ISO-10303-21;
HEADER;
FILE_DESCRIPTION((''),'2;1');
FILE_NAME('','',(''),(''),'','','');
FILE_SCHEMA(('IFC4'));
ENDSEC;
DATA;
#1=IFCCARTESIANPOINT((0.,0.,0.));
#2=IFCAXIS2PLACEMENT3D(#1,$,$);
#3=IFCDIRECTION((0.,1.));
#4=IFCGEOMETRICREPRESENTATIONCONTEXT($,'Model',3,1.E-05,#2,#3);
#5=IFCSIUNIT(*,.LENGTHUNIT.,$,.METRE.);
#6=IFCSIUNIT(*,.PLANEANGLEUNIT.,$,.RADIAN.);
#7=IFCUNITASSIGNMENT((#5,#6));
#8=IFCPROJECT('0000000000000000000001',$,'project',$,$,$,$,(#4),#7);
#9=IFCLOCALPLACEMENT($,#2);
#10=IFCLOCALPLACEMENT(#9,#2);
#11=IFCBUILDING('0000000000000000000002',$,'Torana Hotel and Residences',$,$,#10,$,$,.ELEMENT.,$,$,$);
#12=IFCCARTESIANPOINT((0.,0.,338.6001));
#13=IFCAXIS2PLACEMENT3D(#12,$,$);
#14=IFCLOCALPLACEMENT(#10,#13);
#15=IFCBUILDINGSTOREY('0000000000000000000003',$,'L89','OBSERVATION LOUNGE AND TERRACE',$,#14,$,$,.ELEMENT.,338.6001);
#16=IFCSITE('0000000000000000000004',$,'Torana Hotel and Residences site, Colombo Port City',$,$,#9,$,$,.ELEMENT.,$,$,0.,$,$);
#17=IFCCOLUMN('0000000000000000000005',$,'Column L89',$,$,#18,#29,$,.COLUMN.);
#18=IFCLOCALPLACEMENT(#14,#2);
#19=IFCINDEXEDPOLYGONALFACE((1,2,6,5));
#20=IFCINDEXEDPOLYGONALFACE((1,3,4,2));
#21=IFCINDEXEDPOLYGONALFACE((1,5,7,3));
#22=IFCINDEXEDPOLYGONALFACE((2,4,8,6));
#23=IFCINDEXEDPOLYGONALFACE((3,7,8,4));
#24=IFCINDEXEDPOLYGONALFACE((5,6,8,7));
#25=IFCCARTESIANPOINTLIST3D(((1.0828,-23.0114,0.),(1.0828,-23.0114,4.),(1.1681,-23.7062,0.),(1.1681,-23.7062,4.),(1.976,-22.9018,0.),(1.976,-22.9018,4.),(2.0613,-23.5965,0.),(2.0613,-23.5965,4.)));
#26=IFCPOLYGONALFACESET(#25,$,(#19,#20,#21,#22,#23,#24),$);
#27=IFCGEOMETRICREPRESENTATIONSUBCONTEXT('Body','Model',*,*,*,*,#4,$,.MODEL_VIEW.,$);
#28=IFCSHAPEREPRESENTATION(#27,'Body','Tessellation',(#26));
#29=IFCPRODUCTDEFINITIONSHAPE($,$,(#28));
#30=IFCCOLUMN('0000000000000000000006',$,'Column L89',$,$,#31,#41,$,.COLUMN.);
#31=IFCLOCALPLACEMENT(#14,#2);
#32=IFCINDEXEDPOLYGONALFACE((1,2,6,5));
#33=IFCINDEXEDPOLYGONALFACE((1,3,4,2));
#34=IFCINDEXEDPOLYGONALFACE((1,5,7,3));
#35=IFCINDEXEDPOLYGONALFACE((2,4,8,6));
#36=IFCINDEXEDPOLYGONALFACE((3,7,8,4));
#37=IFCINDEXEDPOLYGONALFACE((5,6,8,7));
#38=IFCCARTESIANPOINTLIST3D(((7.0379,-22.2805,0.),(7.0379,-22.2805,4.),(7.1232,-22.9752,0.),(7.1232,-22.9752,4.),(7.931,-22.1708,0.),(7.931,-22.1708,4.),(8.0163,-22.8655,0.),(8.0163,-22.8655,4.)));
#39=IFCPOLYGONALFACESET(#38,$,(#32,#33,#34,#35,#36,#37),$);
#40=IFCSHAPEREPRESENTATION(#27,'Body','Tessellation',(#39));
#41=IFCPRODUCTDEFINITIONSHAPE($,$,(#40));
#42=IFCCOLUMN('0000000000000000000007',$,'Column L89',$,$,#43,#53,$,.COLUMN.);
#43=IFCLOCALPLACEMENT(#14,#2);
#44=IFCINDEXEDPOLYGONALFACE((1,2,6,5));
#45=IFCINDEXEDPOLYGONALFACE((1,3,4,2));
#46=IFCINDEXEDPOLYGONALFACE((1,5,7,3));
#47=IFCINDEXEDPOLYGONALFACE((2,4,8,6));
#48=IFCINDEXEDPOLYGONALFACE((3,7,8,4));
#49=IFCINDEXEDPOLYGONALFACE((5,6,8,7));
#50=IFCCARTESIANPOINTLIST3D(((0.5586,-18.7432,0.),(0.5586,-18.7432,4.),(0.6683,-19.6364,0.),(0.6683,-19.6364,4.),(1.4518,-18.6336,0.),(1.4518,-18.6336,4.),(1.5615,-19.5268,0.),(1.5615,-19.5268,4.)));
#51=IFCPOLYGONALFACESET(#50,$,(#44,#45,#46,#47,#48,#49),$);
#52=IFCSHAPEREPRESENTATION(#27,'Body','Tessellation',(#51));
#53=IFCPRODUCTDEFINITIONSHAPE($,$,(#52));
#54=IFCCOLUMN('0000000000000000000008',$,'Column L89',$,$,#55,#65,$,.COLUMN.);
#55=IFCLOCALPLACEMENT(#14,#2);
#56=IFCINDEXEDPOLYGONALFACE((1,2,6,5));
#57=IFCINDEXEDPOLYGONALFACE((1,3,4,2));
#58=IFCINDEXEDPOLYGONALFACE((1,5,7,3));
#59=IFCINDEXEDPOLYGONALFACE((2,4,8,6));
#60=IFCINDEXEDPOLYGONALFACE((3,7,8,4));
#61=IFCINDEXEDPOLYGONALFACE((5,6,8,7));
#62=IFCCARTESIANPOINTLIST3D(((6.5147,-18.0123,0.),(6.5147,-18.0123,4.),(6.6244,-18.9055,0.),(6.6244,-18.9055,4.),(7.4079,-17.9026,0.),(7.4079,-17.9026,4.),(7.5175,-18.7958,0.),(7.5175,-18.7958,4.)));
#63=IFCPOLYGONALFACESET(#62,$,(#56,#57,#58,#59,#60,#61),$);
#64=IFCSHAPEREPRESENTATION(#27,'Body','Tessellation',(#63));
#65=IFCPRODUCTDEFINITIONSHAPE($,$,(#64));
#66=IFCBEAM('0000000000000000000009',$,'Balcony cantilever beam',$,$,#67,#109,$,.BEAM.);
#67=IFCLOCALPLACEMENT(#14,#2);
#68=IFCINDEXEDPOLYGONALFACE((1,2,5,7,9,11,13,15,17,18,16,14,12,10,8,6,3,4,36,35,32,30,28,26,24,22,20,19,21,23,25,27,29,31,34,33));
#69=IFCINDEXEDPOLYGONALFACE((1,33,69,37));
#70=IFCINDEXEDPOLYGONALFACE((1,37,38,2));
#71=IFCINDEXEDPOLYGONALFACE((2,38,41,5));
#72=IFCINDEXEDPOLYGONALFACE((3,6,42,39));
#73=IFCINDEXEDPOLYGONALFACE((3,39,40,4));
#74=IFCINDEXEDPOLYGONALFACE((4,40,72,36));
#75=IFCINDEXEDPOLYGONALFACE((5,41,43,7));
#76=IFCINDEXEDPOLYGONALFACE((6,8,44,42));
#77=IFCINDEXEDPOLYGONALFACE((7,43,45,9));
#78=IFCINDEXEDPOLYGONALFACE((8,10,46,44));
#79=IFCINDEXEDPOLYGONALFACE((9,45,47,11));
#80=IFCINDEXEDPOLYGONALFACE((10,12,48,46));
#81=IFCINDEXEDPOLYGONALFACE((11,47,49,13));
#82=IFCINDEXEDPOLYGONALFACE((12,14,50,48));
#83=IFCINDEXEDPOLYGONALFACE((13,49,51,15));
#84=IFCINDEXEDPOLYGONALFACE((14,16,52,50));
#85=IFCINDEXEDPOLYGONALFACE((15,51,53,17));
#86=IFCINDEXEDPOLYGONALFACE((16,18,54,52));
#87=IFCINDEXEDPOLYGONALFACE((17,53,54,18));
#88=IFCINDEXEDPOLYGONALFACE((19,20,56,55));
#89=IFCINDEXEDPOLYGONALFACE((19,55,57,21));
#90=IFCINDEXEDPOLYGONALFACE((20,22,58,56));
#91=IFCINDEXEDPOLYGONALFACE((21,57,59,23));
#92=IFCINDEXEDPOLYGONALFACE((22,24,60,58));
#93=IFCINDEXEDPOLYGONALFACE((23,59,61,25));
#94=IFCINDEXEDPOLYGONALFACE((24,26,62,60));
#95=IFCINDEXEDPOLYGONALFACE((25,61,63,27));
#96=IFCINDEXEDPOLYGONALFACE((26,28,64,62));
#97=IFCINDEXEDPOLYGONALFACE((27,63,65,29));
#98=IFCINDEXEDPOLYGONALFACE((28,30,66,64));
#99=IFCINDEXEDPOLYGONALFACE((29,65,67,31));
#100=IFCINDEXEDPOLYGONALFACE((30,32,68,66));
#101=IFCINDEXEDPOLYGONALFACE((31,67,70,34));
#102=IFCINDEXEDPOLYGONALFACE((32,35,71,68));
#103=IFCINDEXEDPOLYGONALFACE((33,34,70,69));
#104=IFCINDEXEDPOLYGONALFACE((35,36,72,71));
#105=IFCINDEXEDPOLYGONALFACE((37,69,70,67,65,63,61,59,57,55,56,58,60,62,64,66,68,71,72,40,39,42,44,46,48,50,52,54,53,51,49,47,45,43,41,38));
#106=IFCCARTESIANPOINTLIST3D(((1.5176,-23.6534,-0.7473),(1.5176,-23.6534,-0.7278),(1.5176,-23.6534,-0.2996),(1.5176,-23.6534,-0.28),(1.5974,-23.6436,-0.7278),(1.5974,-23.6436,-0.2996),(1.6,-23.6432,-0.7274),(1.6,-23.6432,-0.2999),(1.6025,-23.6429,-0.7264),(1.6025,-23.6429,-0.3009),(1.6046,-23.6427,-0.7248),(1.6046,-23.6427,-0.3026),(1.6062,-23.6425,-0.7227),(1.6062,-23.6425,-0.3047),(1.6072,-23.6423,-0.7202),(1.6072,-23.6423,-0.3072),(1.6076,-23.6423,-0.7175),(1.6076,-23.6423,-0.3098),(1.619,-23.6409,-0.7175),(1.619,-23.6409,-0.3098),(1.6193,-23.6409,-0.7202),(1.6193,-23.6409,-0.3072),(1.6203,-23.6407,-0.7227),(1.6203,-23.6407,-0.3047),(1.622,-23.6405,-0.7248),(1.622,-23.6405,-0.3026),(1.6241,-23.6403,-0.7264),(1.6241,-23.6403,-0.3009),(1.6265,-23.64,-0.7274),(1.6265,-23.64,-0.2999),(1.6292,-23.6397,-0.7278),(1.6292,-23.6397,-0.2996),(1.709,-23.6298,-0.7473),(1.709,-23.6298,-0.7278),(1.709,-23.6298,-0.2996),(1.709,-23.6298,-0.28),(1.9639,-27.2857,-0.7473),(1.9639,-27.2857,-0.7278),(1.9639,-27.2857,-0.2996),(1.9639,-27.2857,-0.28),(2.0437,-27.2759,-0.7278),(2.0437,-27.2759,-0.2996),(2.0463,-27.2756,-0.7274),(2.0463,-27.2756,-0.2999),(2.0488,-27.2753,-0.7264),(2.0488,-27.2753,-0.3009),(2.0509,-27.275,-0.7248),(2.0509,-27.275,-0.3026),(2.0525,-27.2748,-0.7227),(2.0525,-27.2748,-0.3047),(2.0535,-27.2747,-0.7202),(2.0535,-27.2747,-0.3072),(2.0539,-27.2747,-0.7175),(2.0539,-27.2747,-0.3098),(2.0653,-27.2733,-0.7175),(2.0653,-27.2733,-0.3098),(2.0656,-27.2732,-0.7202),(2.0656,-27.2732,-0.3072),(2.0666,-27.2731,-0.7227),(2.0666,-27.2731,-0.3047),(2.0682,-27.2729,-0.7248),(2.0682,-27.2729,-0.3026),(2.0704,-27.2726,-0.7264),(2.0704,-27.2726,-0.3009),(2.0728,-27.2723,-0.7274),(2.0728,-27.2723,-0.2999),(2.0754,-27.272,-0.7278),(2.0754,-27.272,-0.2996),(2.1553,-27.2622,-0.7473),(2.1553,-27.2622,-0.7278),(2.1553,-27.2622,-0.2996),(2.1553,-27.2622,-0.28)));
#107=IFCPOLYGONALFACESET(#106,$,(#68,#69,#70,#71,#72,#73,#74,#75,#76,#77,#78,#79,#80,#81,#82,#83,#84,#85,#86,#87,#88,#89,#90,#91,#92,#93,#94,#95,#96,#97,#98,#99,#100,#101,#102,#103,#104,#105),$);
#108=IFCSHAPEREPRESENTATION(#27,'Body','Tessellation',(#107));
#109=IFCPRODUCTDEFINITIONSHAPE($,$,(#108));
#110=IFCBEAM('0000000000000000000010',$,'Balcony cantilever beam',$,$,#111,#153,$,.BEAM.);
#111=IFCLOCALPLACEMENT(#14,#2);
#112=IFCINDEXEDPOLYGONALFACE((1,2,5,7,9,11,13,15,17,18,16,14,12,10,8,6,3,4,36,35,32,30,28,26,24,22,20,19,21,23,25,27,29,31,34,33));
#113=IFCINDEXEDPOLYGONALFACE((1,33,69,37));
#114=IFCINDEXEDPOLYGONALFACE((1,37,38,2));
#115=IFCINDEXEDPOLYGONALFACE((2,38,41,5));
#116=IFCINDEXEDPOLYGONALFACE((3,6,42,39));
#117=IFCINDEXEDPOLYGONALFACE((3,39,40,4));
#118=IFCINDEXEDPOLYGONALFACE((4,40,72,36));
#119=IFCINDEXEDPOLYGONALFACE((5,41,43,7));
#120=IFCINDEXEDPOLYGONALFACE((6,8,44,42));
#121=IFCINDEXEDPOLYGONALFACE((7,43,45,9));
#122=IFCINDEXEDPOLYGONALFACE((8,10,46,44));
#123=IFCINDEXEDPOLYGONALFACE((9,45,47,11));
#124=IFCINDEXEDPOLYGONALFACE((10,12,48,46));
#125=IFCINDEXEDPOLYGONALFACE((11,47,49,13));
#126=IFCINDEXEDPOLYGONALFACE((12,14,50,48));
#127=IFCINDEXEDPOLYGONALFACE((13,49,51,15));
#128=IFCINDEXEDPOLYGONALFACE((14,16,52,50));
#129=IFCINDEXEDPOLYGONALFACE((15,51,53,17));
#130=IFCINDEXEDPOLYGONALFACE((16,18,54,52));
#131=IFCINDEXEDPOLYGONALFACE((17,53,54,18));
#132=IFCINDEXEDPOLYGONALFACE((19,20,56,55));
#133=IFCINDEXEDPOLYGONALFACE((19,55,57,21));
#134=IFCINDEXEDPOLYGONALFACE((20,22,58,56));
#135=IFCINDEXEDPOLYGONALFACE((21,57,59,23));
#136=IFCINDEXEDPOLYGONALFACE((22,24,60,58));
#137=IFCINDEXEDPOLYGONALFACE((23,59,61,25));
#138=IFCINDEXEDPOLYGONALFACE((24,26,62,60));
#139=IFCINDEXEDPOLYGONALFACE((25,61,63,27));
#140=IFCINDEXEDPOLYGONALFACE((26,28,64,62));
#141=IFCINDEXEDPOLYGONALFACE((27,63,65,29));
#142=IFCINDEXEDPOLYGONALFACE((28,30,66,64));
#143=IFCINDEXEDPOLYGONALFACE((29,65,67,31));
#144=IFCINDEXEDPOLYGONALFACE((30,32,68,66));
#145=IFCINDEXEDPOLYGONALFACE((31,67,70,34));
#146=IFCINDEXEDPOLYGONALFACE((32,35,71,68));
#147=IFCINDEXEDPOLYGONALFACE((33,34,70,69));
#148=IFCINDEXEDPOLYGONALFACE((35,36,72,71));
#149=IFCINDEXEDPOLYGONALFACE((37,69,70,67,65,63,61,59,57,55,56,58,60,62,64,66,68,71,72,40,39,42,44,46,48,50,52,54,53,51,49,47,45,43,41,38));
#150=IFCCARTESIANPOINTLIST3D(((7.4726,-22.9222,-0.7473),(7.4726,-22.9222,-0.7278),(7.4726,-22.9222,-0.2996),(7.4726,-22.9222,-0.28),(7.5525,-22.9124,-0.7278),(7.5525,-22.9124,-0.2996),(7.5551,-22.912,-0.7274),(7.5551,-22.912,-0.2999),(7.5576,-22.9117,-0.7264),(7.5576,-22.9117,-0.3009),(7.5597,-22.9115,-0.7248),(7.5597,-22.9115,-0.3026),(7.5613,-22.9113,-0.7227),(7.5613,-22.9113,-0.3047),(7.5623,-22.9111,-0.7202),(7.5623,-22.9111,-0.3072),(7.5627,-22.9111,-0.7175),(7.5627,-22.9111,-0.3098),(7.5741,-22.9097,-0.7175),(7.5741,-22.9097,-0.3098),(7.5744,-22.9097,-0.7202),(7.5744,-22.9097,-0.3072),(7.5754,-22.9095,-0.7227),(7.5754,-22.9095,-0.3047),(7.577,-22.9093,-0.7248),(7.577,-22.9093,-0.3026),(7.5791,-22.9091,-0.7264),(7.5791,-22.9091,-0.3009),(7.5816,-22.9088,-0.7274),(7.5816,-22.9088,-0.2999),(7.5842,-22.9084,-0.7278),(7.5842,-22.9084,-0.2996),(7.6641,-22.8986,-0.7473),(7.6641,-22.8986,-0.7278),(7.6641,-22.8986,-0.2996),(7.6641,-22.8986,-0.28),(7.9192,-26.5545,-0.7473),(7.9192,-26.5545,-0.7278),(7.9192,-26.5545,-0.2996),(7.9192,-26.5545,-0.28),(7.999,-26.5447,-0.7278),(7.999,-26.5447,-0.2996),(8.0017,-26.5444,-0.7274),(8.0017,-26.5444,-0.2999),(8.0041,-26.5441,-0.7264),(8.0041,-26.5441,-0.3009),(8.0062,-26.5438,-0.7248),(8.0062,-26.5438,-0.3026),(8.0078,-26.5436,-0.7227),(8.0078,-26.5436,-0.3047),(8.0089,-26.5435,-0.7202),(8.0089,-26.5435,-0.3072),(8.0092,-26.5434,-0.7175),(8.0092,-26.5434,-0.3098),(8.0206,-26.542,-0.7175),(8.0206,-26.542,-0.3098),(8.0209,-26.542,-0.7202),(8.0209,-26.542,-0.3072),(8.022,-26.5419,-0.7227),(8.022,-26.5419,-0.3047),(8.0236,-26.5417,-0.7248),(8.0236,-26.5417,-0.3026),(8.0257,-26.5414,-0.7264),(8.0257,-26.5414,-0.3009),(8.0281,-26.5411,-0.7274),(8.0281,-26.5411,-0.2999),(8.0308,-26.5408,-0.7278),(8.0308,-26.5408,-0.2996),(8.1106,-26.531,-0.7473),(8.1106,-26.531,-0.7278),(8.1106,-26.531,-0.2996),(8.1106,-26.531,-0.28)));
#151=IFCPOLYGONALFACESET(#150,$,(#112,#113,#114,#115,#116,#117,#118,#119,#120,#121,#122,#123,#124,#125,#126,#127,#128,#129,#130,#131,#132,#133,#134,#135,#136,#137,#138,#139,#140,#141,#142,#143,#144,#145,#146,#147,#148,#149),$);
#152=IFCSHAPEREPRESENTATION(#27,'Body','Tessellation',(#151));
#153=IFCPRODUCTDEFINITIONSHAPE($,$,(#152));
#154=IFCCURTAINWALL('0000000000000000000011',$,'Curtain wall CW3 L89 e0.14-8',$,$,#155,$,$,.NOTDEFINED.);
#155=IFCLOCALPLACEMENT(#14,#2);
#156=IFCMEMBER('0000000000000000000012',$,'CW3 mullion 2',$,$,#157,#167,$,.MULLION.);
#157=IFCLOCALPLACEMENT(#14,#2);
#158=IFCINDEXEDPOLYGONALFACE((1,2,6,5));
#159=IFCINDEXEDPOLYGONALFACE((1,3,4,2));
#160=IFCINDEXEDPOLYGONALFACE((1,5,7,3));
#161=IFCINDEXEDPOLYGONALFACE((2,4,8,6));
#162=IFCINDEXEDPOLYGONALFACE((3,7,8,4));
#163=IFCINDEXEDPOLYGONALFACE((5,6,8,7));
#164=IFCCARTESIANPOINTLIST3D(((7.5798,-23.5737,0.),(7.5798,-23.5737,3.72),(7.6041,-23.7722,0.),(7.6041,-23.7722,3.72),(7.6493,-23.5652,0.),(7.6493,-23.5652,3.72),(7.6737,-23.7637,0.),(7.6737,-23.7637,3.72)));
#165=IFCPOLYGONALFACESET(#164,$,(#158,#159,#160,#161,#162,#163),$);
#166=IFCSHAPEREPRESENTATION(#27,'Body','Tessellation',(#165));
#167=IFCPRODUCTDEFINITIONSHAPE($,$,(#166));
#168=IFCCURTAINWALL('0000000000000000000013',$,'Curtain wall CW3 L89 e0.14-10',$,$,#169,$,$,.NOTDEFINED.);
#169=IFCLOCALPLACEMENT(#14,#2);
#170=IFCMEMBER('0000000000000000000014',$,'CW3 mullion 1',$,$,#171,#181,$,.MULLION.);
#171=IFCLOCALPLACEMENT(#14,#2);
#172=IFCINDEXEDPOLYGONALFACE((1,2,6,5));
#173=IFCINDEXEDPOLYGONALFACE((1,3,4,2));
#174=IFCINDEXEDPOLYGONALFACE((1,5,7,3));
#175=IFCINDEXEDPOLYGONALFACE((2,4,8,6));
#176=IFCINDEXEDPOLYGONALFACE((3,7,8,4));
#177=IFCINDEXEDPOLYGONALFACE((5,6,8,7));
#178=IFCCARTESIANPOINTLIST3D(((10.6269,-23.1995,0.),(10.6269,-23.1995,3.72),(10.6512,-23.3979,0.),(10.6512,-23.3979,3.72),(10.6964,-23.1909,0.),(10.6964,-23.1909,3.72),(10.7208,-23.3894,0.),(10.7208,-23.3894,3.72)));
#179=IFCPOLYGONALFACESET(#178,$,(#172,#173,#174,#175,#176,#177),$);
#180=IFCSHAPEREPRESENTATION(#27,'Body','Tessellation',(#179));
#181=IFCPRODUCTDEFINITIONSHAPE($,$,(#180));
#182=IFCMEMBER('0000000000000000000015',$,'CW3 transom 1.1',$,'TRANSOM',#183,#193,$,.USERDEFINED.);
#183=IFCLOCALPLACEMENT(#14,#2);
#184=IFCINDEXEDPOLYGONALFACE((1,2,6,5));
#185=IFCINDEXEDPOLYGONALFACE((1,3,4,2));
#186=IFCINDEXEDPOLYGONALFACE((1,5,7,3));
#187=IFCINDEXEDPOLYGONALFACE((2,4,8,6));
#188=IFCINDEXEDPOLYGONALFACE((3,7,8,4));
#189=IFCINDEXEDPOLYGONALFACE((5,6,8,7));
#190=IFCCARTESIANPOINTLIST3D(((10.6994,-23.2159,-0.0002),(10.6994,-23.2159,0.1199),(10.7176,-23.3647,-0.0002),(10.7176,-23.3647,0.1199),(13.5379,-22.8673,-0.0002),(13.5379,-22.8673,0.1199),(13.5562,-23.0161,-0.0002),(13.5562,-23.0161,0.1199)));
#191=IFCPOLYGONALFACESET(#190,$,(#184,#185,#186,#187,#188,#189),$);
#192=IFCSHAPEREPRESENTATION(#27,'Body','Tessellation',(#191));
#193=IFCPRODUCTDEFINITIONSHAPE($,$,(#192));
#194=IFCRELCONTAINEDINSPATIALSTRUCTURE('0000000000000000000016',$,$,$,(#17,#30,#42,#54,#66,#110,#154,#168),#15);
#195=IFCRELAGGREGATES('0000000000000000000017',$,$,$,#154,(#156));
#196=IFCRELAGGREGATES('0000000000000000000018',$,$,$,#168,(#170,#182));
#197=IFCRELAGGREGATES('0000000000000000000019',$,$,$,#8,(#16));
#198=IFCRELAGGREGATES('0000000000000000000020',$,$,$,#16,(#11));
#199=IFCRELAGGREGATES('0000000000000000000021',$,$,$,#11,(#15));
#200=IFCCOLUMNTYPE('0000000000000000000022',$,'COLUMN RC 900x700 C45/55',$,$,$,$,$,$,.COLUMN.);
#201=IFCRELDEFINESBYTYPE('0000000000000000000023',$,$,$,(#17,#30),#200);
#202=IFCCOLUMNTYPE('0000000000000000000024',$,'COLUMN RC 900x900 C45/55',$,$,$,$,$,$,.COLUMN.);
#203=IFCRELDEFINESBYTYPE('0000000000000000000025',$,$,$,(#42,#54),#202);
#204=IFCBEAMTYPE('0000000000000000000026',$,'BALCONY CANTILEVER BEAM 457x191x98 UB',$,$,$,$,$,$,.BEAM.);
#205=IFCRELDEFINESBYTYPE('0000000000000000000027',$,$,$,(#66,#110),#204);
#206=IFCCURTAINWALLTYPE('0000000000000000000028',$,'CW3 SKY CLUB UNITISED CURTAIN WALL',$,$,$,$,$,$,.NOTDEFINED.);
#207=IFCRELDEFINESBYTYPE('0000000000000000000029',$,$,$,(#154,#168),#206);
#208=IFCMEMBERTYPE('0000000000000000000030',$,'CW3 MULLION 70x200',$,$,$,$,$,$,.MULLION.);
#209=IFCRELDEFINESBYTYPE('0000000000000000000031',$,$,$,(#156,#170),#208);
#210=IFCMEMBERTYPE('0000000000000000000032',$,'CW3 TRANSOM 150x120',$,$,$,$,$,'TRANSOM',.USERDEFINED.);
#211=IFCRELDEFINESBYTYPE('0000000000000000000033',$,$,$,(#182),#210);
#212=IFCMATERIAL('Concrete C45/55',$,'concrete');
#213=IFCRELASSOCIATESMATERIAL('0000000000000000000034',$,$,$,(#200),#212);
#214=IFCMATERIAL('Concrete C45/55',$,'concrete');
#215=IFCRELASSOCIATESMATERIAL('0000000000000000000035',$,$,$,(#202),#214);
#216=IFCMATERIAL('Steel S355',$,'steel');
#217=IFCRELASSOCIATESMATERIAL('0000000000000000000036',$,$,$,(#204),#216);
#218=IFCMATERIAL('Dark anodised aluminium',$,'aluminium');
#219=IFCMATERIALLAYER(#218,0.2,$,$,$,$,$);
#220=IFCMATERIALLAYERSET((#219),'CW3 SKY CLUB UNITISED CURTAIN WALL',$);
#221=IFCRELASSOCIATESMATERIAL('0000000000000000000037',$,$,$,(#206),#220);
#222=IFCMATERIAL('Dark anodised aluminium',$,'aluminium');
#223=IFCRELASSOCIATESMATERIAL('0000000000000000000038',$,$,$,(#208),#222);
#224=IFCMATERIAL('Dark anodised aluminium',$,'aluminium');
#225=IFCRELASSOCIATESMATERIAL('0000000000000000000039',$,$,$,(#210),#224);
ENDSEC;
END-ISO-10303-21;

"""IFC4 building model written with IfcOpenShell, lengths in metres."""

from ifc_helpers import new_model, si_unit, direction, frame, origin, origin_2d, place, context, subcontext, project, spatial, rectangle, i_section, extrude, material, layer, layer_set, material_profile, profile_set, type_object, element, aggregate, save


model = new_model("IFC4")

# Units and contexts
model_context = context("Model", 3, precision=1e-05, world=origin(), true_north=direction((0.0, 1.0)))
body_context = subcontext(model_context, "Body", "Model", "MODEL_VIEW")
ifc_project = project(units=[si_unit("LENGTHUNIT", "METRE"), si_unit("PLANEANGLEUNIT", "RADIAN")], contexts=[model_context])

# Site, building, storey
site_placement = place(None, origin())
site = spatial("IfcSite", under=ifc_project, at=site_placement, Name="Torana Hotel and Residences site, Colombo Port City", CompositionType="ELEMENT", RefElevation=0.0)
building_placement = place(site_placement, origin())
building = spatial("IfcBuilding", under=site, at=building_placement, Name="Torana Hotel and Residences", CompositionType="ELEMENT")
storey_placement = place(building_placement, frame((0.0, 0.0, 338.6001)))
storey = spatial("IfcBuildingStorey", under=building, at=storey_placement, Name="L89", Description="OBSERVATION LOUNGE AND TERRACE", CompositionType="ELEMENT", Elevation=338.6001)

# Columns
ifc_material_1 = material(Name="Concrete C45/55", Category="concrete")
ifc_material_profile_1 = material_profile(ifc_material_1, rectangle(XDim=0.8999, YDim=0.7, at=origin_2d()), Name="RC 900x700")
ifc_profile_set_1 = profile_set([ifc_material_profile_1], Name="Concrete C45/55")
column_type_1 = type_object("IfcColumnType", Name="COLUMN RC 900x700 C45/55", PredefinedType="COLUMN", material=ifc_profile_set_1)
for number, where, z_axis, x_axis, name in (
    (1, (1.572, -23.304, 0.0), (0.0, 0.0, 1.0), (0.992546, 0.121869, 0.0), "Column L89"),
    (2, (7.5271, -22.573, 0.0), (0.0, 0.0, 1.0), (0.992546, 0.121869, 0.0), "Column L89"),
):
    element("IfcColumn", number, at=place(storey_placement, frame(where, z_axis=z_axis, x_axis=x_axis)), inside=storey, type_object=column_type_1, Name=name, PredefinedType="COLUMN", context=body_context, shape_type="SweptSolid", body=[
        extrude(rectangle(XDim=0.8999, YDim=0.7, at=origin_2d()), origin(), (0.0, 0.0, 1.0), 4.0),
    ])
ifc_material_2 = material(Name="Concrete C45/55", Category="concrete")
ifc_material_profile_2 = material_profile(ifc_material_2, rectangle(XDim=0.8999, YDim=0.8999, at=origin_2d()), Name="RC 900x900")
ifc_profile_set_2 = profile_set([ifc_material_profile_2], Name="Concrete C45/55")
column_type_2 = type_object("IfcColumnType", Name="COLUMN RC 900x900 C45/55", PredefinedType="COLUMN", material=ifc_profile_set_2)
for number, where, z_axis, x_axis, name in (
    (3, (1.0601, -19.135, 0.0), (0.0, 0.0, 1.0), (0.992546, 0.121869, 0.0), "Column L89"),
    (4, (7.0161, -18.4041, 0.0), (0.0, 0.0, 1.0), (0.992546, 0.121869, 0.0), "Column L89"),
):
    element("IfcColumn", number, at=place(storey_placement, frame(where, z_axis=z_axis, x_axis=x_axis)), inside=storey, type_object=column_type_2, Name=name, PredefinedType="COLUMN", context=body_context, shape_type="SweptSolid", body=[
        extrude(rectangle(XDim=0.8999, YDim=0.8999, at=origin_2d()), origin(), (0.0, 0.0, 1.0), 4.0),
    ])

# Beams
ifc_material_3 = material(Name="Steel S355", Category="steel")
ifc_material_profile_3 = material_profile(ifc_material_3, i_section(OverallWidth=0.1929, OverallDepth=0.4673, WebThickness=0.0115, FlangeThickness=0.0195, FilletRadius=0.0103, at=origin_2d()), Name="457x191x98 UB")
ifc_profile_set_3 = profile_set([ifc_material_profile_3], Name="Steel S355")
beam_type = type_object("IfcBeamType", Name="BALCONY CANTILEVER BEAM 457x191x98 UB", PredefinedType="BEAM", material=ifc_profile_set_3)
for number, where, z_axis, x_axis, name in (
    (5, (1.6133, -23.6416, -0.5137), (0.121949, -0.992536, 0.0), (0.992536, 0.121949, 0.0), "Balcony cantilever beam"),
    (6, (7.5684, -22.9104, -0.5137), (0.122015, -0.992528, 0.0), (0.992528, 0.122015, 0.0), "Balcony cantilever beam"),
):
    element("IfcBeam", number, at=place(storey_placement, frame(where, z_axis=z_axis, x_axis=x_axis)), inside=storey, type_object=beam_type, Name=name, PredefinedType="BEAM", context=body_context, shape_type="SweptSolid", body=[
        extrude(i_section(OverallWidth=0.1929, OverallDepth=0.4673, WebThickness=0.0115, FlangeThickness=0.0195, FilletRadius=0.0103, at=origin_2d()), origin(), (0.0, 0.0, 1.0), 3.6597),
    ])

# Curtain wall, member
ifc_material_4 = material(Name="Dark anodised aluminium", Category="aluminium")
ifc_layer_1 = layer(ifc_material_4, 0.2)
ifc_layer_set_1 = layer_set([ifc_layer_1], Name="CW3 SKY CLUB UNITISED CURTAIN WALL")
curtain_wall_type = type_object("IfcCurtainWallType", Name="CW3 SKY CLUB UNITISED CURTAIN WALL", PredefinedType="NOTDEFINED", material=ifc_layer_set_1)
curtain_wall_1_placement = place(storey_placement, origin())
curtain_wall_1 = element("IfcCurtainWall", 7, at=curtain_wall_1_placement, inside=storey, type_object=curtain_wall_type, Name="Curtain wall CW3 L89 e0.14-8", PredefinedType="NOTDEFINED")
ifc_material_5 = material(Name="Dark anodised aluminium", Category="aluminium")
ifc_material_profile_4 = material_profile(ifc_material_5, rectangle(XDim=0.2, YDim=0.0701, at=origin_2d()), Name="CW3 MULLION 70x200")
ifc_profile_set_4 = profile_set([ifc_material_profile_4], Name="Dark anodised aluminium")
member_type_1 = type_object("IfcMemberType", Name="CW3 MULLION 70x200", PredefinedType="MULLION", material=ifc_profile_set_4)
member_1_placement = place(storey_placement, frame((7.6267, -23.6687, 0.0), z_axis=(0.0, 0.0, 1.0), x_axis=(-0.121868, 0.992546, 0.0)))
member_1 = element("IfcMember", 8, at=member_1_placement, type_object=member_type_1, Name="CW3 mullion 2", PredefinedType="MULLION", context=body_context, shape_type="SweptSolid", body=[
    extrude(rectangle(XDim=0.2, YDim=0.0701, at=origin_2d()), origin(), (0.0, 0.0, 1.0), 3.72),
])

# Curtain wall, members
curtain_wall_2_placement = place(storey_placement, origin())
curtain_wall_2 = element("IfcCurtainWall", 9, at=curtain_wall_2_placement, inside=storey, type_object=curtain_wall_type, Name="Curtain wall CW3 L89 e0.14-10", PredefinedType="NOTDEFINED")
member_2_placement = place(storey_placement, frame((10.6738, -23.2944, 0.0), z_axis=(0.0, 0.0, 1.0), x_axis=(-0.121868, 0.992546, 0.0)))
member_2 = element("IfcMember", 10, at=member_2_placement, type_object=member_type_1, Name="CW3 mullion 1", PredefinedType="MULLION", context=body_context, shape_type="SweptSolid", body=[
    extrude(rectangle(XDim=0.2, YDim=0.0701, at=origin_2d()), origin(), (0.0, 0.0, 1.0), 3.72),
])
ifc_material_6 = material(Name="Dark anodised aluminium", Category="aluminium")
ifc_material_profile_5 = material_profile(ifc_material_6, rectangle(XDim=0.1499, YDim=0.1201, at=origin_2d()), Name="CW3 TRANSOM 150x120")
ifc_profile_set_5 = profile_set([ifc_material_profile_5], Name="Dark anodised aluminium")
member_type_2 = type_object("IfcMemberType", Name="CW3 TRANSOM 150x120", ElementType="TRANSOM", PredefinedType="USERDEFINED", material=ifc_profile_set_5)
member_3_placement = place(storey_placement, frame((10.7085, -23.2903, 0.0598), z_axis=(0.992542, 0.121902, 0.0), x_axis=(-0.121902, 0.992542, 0.0)))
member_3 = element("IfcMember", 11, at=member_3_placement, type_object=member_type_2, Name="CW3 transom 1.1", ObjectType="TRANSOM", PredefinedType="USERDEFINED", context=body_context, shape_type="SweptSolid", body=[
    extrude(rectangle(XDim=0.1499, YDim=0.1201, at=origin_2d()), origin(), (0.0, 0.0, 1.0), 2.8599),
])

aggregate(curtain_wall_1, [member_1])
aggregate(curtain_wall_2, [member_2, member_3])

save(model, "model.ifc")
